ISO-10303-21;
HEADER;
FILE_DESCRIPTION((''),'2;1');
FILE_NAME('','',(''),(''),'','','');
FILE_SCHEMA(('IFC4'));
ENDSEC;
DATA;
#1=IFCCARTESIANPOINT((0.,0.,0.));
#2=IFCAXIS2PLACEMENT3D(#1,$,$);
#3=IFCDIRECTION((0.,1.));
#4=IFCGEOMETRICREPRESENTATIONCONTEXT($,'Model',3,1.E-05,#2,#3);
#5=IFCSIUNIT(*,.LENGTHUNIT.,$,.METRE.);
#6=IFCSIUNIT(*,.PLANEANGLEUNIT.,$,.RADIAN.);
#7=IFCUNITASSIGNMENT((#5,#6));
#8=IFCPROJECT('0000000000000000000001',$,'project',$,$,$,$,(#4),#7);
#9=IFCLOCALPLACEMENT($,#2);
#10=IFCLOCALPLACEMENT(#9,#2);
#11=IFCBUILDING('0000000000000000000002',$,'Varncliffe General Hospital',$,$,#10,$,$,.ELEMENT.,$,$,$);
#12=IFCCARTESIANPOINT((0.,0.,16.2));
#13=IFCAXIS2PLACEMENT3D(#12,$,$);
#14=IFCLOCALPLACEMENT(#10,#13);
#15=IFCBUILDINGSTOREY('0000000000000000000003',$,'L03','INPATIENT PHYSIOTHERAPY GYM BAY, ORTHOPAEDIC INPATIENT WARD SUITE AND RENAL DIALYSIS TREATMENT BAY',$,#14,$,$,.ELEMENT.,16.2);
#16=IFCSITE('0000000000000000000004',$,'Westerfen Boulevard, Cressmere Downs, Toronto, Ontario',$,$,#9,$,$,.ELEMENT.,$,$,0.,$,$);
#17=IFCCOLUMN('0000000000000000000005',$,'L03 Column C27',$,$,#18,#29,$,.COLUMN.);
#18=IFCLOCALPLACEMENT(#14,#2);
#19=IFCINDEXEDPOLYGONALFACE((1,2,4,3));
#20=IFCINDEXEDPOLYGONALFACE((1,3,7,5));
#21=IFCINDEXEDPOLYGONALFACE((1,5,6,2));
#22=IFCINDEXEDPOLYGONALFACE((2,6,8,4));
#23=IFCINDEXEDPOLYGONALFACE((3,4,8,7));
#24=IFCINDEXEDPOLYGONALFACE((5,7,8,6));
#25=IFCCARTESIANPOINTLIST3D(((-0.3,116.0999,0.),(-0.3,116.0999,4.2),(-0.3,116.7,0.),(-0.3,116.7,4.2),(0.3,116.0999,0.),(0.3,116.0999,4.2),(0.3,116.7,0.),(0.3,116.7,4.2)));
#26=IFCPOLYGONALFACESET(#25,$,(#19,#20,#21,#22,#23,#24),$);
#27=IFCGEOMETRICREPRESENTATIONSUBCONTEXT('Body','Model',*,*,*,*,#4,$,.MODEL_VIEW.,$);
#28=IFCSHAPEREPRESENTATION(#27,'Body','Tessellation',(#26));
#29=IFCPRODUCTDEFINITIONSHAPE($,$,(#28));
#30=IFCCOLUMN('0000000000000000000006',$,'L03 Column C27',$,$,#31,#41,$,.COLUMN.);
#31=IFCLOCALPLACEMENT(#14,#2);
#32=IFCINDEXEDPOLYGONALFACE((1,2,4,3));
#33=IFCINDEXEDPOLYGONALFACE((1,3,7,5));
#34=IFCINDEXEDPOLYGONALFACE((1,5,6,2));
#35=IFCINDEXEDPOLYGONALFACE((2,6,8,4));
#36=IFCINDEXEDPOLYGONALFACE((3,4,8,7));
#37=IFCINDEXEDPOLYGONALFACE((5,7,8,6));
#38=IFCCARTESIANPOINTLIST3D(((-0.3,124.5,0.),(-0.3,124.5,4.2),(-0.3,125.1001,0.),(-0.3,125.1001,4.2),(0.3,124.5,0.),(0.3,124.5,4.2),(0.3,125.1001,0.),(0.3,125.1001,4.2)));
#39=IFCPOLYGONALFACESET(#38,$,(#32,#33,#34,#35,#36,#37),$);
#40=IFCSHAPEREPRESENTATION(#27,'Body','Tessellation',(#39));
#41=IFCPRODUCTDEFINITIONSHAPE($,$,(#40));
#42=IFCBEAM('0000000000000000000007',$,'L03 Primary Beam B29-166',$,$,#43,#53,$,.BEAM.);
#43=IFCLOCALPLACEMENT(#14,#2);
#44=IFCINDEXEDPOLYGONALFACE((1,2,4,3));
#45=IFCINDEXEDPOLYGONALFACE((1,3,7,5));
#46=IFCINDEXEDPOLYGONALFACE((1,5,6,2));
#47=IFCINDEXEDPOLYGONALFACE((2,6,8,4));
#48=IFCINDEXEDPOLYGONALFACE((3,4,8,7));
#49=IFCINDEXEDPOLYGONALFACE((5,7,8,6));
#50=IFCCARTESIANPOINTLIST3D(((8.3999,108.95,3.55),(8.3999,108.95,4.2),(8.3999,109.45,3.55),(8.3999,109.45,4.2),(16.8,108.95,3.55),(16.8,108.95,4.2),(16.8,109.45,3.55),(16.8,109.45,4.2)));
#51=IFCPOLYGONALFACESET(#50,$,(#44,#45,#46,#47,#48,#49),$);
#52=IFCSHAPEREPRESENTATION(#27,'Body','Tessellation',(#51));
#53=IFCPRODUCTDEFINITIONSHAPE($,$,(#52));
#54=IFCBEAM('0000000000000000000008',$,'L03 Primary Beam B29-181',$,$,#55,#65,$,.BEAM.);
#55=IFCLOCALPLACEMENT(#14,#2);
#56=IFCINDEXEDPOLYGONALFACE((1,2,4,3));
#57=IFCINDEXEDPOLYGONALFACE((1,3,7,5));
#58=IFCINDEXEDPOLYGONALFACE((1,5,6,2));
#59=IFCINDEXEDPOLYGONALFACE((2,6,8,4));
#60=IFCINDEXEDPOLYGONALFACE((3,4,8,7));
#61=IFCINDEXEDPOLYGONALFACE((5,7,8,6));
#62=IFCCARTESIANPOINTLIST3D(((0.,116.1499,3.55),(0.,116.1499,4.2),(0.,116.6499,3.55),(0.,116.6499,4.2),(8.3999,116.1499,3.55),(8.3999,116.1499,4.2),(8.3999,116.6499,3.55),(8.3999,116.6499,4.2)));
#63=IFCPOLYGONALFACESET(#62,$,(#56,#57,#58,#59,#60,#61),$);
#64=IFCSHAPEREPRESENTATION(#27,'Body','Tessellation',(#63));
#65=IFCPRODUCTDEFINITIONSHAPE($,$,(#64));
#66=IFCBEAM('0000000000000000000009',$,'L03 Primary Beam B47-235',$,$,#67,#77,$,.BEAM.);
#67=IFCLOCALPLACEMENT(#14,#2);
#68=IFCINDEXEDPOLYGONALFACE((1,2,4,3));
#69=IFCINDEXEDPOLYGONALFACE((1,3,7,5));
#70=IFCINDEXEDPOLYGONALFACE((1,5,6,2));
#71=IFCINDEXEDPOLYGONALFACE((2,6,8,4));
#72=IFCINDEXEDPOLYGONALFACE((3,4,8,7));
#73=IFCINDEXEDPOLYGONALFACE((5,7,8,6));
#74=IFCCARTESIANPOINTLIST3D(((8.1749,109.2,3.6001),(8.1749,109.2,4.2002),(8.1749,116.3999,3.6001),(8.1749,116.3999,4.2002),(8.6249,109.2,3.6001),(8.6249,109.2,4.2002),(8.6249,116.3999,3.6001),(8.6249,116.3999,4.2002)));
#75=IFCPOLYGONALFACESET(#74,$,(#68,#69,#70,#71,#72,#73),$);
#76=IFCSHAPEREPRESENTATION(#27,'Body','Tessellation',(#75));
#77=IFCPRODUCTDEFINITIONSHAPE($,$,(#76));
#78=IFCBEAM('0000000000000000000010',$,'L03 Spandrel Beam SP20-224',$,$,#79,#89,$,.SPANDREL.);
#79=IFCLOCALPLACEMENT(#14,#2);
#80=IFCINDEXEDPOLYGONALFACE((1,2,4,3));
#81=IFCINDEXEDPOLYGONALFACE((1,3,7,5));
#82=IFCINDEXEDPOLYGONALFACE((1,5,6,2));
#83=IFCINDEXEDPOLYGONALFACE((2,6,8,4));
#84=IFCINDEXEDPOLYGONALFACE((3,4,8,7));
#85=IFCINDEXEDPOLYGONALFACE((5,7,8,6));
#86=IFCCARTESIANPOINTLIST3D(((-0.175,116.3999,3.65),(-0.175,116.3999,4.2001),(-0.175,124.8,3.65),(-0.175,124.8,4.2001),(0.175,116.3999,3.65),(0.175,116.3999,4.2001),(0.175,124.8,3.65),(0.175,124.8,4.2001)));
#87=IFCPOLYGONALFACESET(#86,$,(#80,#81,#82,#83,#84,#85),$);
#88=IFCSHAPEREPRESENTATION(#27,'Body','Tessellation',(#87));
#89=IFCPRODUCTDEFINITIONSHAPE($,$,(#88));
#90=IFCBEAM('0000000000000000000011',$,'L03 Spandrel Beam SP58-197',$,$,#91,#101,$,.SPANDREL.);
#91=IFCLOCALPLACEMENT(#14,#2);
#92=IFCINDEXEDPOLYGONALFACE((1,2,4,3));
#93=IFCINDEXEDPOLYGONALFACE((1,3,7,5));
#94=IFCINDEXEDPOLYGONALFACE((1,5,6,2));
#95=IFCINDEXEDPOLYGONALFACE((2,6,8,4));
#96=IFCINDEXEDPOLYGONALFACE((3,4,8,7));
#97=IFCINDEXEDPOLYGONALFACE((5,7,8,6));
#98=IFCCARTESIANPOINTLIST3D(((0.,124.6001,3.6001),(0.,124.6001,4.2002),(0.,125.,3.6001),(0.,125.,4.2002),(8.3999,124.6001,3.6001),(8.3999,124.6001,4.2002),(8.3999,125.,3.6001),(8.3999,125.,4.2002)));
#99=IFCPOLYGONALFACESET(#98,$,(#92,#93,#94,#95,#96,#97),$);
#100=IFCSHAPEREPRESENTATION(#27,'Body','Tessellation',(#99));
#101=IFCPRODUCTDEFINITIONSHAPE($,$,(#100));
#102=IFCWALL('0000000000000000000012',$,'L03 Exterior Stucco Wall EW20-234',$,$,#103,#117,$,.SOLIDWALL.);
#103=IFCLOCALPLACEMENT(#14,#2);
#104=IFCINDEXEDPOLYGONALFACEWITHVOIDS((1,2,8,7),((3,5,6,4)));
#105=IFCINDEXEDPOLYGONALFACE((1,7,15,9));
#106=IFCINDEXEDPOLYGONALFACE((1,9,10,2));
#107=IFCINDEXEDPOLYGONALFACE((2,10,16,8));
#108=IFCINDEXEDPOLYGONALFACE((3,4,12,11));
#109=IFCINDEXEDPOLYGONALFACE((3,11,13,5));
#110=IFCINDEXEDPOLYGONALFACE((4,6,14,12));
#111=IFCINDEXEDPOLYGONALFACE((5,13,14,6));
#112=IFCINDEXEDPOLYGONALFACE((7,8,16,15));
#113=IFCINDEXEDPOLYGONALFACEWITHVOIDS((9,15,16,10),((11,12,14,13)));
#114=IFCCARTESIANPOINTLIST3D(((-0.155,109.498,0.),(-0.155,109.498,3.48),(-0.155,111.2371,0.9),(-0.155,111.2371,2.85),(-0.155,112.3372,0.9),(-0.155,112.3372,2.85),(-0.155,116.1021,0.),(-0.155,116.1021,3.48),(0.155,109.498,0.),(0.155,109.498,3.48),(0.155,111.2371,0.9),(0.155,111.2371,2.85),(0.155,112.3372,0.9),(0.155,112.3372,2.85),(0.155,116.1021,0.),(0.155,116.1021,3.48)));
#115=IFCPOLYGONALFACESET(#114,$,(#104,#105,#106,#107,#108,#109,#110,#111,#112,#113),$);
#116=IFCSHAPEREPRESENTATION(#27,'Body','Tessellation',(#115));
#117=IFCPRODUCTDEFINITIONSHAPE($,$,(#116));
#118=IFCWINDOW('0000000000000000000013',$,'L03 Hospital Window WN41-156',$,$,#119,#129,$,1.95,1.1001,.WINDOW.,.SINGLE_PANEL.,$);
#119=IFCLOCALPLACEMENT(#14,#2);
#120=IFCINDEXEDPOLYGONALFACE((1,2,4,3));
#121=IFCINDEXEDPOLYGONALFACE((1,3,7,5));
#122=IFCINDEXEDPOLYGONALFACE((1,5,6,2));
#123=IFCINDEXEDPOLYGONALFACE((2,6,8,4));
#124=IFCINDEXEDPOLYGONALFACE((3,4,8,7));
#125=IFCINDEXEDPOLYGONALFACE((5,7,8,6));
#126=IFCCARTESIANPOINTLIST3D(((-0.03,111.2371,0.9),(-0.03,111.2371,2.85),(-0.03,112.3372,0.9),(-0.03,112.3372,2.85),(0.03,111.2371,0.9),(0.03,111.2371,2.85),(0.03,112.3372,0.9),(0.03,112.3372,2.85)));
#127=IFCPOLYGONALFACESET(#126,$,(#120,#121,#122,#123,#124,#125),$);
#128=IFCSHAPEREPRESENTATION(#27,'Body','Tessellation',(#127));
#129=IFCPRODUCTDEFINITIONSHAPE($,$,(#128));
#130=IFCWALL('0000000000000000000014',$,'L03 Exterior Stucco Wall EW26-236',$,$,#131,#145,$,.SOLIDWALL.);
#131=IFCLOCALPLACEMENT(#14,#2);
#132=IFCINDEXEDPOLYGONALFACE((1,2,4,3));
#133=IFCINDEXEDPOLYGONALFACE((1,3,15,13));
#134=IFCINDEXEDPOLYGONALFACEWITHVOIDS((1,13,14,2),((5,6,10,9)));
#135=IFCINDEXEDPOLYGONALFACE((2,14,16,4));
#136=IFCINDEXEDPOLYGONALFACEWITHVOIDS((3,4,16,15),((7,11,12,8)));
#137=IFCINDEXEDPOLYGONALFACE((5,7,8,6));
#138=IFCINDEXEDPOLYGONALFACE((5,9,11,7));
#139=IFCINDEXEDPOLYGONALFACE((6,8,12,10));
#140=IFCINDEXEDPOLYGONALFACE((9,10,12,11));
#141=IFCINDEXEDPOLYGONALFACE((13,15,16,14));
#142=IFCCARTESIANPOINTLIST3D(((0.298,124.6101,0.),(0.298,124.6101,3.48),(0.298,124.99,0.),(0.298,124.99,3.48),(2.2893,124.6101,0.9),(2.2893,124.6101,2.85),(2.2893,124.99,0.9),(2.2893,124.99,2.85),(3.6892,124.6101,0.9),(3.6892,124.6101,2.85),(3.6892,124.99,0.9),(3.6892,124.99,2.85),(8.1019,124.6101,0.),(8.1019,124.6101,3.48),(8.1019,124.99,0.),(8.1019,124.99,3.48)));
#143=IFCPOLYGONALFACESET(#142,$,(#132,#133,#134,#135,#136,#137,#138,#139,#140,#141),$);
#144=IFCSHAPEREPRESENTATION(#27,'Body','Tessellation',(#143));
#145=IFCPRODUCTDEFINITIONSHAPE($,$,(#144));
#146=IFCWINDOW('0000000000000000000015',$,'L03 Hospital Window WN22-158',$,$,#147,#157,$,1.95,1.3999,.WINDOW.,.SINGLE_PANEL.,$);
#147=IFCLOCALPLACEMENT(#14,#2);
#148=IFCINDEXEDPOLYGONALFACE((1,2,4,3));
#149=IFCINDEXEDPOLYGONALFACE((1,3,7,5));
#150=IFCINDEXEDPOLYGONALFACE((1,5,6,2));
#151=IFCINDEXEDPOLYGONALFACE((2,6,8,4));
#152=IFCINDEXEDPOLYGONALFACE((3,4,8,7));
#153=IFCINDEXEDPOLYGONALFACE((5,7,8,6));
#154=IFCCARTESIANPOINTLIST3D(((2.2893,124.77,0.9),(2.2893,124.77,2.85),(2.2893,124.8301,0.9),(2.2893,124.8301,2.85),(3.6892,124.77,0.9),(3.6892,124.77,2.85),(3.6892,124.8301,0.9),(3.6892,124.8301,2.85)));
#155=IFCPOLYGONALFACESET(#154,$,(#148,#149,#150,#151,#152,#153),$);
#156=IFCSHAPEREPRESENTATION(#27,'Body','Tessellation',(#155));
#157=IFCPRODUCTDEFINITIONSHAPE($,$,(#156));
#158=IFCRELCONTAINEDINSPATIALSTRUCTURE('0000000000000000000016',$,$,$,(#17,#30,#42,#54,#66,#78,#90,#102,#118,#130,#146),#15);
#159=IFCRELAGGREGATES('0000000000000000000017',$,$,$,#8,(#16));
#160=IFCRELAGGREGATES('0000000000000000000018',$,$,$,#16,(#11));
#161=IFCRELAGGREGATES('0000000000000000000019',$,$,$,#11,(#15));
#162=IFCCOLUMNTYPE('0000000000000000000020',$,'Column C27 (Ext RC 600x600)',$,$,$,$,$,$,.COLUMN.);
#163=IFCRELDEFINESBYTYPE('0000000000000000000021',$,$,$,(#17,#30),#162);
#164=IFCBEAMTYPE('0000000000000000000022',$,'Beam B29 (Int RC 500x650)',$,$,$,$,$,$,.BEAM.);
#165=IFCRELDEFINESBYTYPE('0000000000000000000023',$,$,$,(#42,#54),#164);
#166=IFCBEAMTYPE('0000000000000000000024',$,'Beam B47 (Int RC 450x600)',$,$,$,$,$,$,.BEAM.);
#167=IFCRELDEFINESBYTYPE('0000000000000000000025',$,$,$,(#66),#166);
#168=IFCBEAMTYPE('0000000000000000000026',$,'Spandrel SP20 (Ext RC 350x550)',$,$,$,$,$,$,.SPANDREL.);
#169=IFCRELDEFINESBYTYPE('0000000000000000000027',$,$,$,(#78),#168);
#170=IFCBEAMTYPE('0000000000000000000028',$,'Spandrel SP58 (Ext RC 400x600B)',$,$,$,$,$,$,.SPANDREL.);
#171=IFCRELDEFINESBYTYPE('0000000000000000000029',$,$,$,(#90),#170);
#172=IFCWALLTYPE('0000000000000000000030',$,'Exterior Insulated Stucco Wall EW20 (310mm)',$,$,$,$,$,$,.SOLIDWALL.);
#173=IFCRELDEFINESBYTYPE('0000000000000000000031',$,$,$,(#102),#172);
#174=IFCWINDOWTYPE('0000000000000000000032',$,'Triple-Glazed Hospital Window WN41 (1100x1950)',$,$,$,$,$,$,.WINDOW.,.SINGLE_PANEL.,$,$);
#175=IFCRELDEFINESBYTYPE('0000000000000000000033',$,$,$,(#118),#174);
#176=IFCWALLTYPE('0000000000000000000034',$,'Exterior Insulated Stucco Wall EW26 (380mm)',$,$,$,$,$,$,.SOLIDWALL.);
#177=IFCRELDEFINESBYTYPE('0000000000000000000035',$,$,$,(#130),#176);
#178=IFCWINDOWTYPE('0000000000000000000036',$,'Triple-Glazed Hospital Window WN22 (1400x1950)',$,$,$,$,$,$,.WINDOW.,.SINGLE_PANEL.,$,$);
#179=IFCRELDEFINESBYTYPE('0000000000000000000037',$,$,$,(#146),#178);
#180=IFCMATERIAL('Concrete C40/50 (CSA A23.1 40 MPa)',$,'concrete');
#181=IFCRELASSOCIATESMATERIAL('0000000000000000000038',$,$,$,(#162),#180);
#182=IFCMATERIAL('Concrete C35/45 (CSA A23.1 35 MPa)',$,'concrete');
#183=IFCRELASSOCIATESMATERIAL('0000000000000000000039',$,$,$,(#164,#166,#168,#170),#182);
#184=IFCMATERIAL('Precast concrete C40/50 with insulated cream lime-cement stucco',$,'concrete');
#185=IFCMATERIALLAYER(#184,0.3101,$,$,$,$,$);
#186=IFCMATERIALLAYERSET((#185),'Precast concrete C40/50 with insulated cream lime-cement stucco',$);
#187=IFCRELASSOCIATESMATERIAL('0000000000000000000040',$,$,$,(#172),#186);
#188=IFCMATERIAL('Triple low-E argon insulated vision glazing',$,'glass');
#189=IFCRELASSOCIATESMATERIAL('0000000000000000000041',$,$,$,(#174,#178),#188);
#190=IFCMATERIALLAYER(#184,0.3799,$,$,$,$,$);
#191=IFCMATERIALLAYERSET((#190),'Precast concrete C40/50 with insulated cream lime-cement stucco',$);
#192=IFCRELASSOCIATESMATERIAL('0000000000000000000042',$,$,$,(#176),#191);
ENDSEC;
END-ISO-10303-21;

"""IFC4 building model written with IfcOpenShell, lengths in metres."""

from ifc_helpers import new_model, si_unit, direction, frame, frame_2d, origin, origin_2d, place, context, subcontext, project, spatial, rectangle, extrude, material, layer, layer_set, material_profile, profile_set, type_object, element, fill, save


model = new_model("IFC4")

# Units and contexts
model_context = context("Model", 3, precision=1e-05, world=origin(), true_north=direction((0.0, 1.0)))
body_context = subcontext(model_context, "Body", "Model", "MODEL_VIEW")
ifc_project = project(units=[si_unit("LENGTHUNIT", "METRE"), si_unit("PLANEANGLEUNIT", "RADIAN")], contexts=[model_context])

# Site, building, storey
site_placement = place(None, origin())
site = spatial("IfcSite", under=ifc_project, at=site_placement, Name="Westerfen Boulevard, Cressmere Downs, Toronto, Ontario", CompositionType="ELEMENT", RefElevation=0.0)
building_placement = place(site_placement, origin())
building = spatial("IfcBuilding", under=site, at=building_placement, Name="Varncliffe General Hospital", CompositionType="ELEMENT")
storey_placement = place(building_placement, frame((0.0, 0.0, 16.2)))
storey = spatial("IfcBuildingStorey", under=building, at=storey_placement, Name="L03", Description="INPATIENT PHYSIOTHERAPY GYM BAY, ORTHOPAEDIC INPATIENT WARD SUITE AND RENAL DIALYSIS TREATMENT BAY", CompositionType="ELEMENT", Elevation=16.2)

# Columns
ifc_material_1 = material(Name="Concrete C40/50 (CSA A23.1 40 MPa)", Category="concrete")
ifc_material_profile_1 = material_profile(ifc_material_1, rectangle(XDim=0.6001, YDim=0.6001, at=origin_2d()), Name="RC 600x600")
ifc_profile_set_1 = profile_set([ifc_material_profile_1], Name="Concrete C40/50 (CSA A23.1 40 MPa)")
column_type = type_object("IfcColumnType", Name="Column C27 (Ext RC 600x600)", PredefinedType="COLUMN", material=ifc_profile_set_1)
for number, where, z_axis, x_axis, name in (
    (1, (0.0, 116.3999, 0.0), (0.0, 0.0, 1.0), (1.0, 0.0, 0.0), "L03 Column C27"),
    (2, (0.0, 124.8, 0.0), (0.0, 0.0, 1.0), (1.0, 0.0, 0.0), "L03 Column C27"),
):
    element("IfcColumn", number, at=place(storey_placement, frame(where, z_axis=z_axis, x_axis=x_axis)), inside=storey, type_object=column_type, Name=name, PredefinedType="COLUMN", context=body_context, shape_type="SweptSolid", body=[
        extrude(rectangle(XDim=0.6001, YDim=0.6001, at=origin_2d()), origin(), (0.0, 0.0, 1.0), 4.2),
    ])

# Beams
ifc_material_2 = material(Name="Concrete C35/45 (CSA A23.1 35 MPa)", Category="concrete")
ifc_material_profile_2 = material_profile(ifc_material_2, rectangle(XDim=0.5, YDim=0.6499, at=origin_2d()), Name="RC 500x650")
ifc_profile_set_2 = profile_set([ifc_material_profile_2], Name="Concrete C35/45 (CSA A23.1 35 MPa)")
beam_type_1 = type_object("IfcBeamType", Name="Beam B29 (Int RC 500x650)", PredefinedType="BEAM", material=ifc_profile_set_2)
beam_1_placement = place(storey_placement, frame((8.3999, 109.2, 3.875), z_axis=(1.0, 0.0, 0.0), x_axis=(0.0, 1.0, 0.0)))
element("IfcBeam", 3, at=beam_1_placement, inside=storey, type_object=beam_type_1, Name="L03 Primary Beam B29-166", PredefinedType="BEAM", context=body_context, shape_type="SweptSolid", body=[
    extrude(rectangle(XDim=0.5, YDim=0.6499, at=origin_2d()), origin(), (0.0, 0.0, 1.0), 8.4001),
])
beam_2_placement = place(storey_placement, frame((0.0, 116.3999, 3.875), z_axis=(1.0, 0.0, 0.0), x_axis=(0.0, 1.0, 0.0)))
element("IfcBeam", 4, at=beam_2_placement, inside=storey, type_object=beam_type_1, Name="L03 Primary Beam B29-181", PredefinedType="BEAM", context=body_context, shape_type="SweptSolid", body=[
    extrude(rectangle(XDim=0.5, YDim=0.6499, at=origin_2d()), origin(), (0.0, 0.0, 1.0), 8.3999),
])
ifc_material_profile_3 = material_profile(ifc_material_2, rectangle(XDim=0.45, YDim=0.6001, at=origin_2d()), Name="RC 450x600")
ifc_profile_set_3 = profile_set([ifc_material_profile_3], Name="Concrete C35/45 (CSA A23.1 35 MPa)")
beam_type_2 = type_object("IfcBeamType", Name="Beam B47 (Int RC 450x600)", PredefinedType="BEAM", material=ifc_profile_set_3)
beam_3_placement = place(storey_placement, frame((8.3999, 109.2, 3.9001), z_axis=(0.0, 1.0, 0.0), x_axis=(-1.0, 0.0, 0.0)))
element("IfcBeam", 5, at=beam_3_placement, inside=storey, type_object=beam_type_2, Name="L03 Primary Beam B47-235", PredefinedType="BEAM", context=body_context, shape_type="SweptSolid", body=[
    extrude(rectangle(XDim=0.45, YDim=0.6001, at=origin_2d()), origin(), (0.0, 0.0, 1.0), 7.2),
])
ifc_material_profile_4 = material_profile(ifc_material_2, rectangle(XDim=0.3501, YDim=0.55, at=origin_2d()), Name="RC 350x550")
ifc_profile_set_4 = profile_set([ifc_material_profile_4], Name="Concrete C35/45 (CSA A23.1 35 MPa)")
beam_type_3 = type_object("IfcBeamType", Name="Spandrel SP20 (Ext RC 350x550)", PredefinedType="SPANDREL", material=ifc_profile_set_4)
beam_4_placement = place(storey_placement, frame((0.0, 116.3999, 3.925), z_axis=(0.0, 1.0, 0.0), x_axis=(-1.0, 0.0, 0.0)))
element("IfcBeam", 6, at=beam_4_placement, inside=storey, type_object=beam_type_3, Name="L03 Spandrel Beam SP20-224", PredefinedType="SPANDREL", context=body_context, shape_type="SweptSolid", body=[
    extrude(rectangle(XDim=0.3501, YDim=0.55, at=origin_2d()), origin(), (0.0, 0.0, 1.0), 8.4001),
])
ifc_material_profile_5 = material_profile(ifc_material_2, rectangle(XDim=0.3999, YDim=0.6001, at=origin_2d()), Name="RC 400x600")
ifc_profile_set_5 = profile_set([ifc_material_profile_5], Name="Concrete C35/45 (CSA A23.1 35 MPa)")
beam_type_4 = type_object("IfcBeamType", Name="Spandrel SP58 (Ext RC 400x600B)", PredefinedType="SPANDREL", material=ifc_profile_set_5)
beam_5_placement = place(storey_placement, frame((0.0, 124.8, 3.9001), z_axis=(1.0, 0.0, 0.0), x_axis=(0.0, 1.0, 0.0)))
element("IfcBeam", 7, at=beam_5_placement, inside=storey, type_object=beam_type_4, Name="L03 Spandrel Beam SP58-197", PredefinedType="SPANDREL", context=body_context, shape_type="SweptSolid", body=[
    extrude(rectangle(XDim=0.3999, YDim=0.6001, at=origin_2d()), origin(), (0.0, 0.0, 1.0), 8.3999),
])

# Walls, openings, windows
ifc_material_3 = material(Name="Precast concrete C40/50 with insulated cream lime-cement stucco", Category="concrete")
ifc_layer_1 = layer(ifc_material_3, 0.3101)
ifc_layer_set_1 = layer_set([ifc_layer_1], Name="Precast concrete C40/50 with insulated cream lime-cement stucco")
wall_type_1 = type_object("IfcWallType", Name="Exterior Insulated Stucco Wall EW20 (310mm)", PredefinedType="SOLIDWALL", material=ifc_layer_set_1)
wall_1_placement = place(storey_placement, frame((0.0, 109.498, 0.0), z_axis=(0.0, 0.0, 1.0), x_axis=(0.0, 1.0, 0.0)))
wall_1 = element("IfcWall", 8, at=wall_1_placement, inside=storey, type_object=wall_type_1, Name="L03 Exterior Stucco Wall EW20-234", PredefinedType="SOLIDWALL", context=body_context, shape_type="SweptSolid", body=[
    extrude(rectangle(XDim=6.604, YDim=0.3101, at=frame_2d((3.302, 0.0))), origin(), (0.0, 0.0, 1.0), 3.48),
])
opening_1_placement = place(wall_1_placement, frame((1.739, 0.0, 0.8999)))
opening_1 = element("IfcOpeningElement", 9, at=opening_1_placement, cuts=wall_1, PredefinedType="OPENING", context=body_context, shape_type="SweptSolid", body=[
    extrude(rectangle(XDim=1.1001, YDim=1.95, at=frame_2d((0.55, 0.9751))), frame((0.0, 0.165, 0.0), z_axis=(0.0, -1.0, 0.0), x_axis=(1.0, 0.0, 0.0)), (0.0, 0.0, 1.0), 0.3301),
])
ifc_material_4 = material(Name="Triple low-E argon insulated vision glazing", Category="glass")
window_type_1 = type_object("IfcWindowType", Name="Triple-Glazed Hospital Window WN41 (1100x1950)", PartitioningType="SINGLE_PANEL", PredefinedType="WINDOW", material=ifc_material_4)
window_1_placement = place(opening_1_placement, origin())
window_1 = element("IfcWindow", 10, at=window_1_placement, inside=storey, type_object=window_type_1, Name="L03 Hospital Window WN41-156", OverallHeight=1.95, OverallWidth=1.1001, PartitioningType="SINGLE_PANEL", PredefinedType="WINDOW", context=body_context, shape_type="SweptSolid", body=[
    extrude(rectangle(XDim=1.1001, YDim=1.95, at=frame_2d((0.55, 0.9751))), frame((0.0, 0.03, 0.0), z_axis=(0.0, -1.0, 0.0), x_axis=(1.0, 0.0, 0.0)), (0.0, 0.0, 1.0), 0.0601),
])
fill(opening_1, window_1)
ifc_layer_2 = layer(ifc_material_3, 0.3799)
ifc_layer_set_2 = layer_set([ifc_layer_2], Name="Precast concrete C40/50 with insulated cream lime-cement stucco")
wall_type_2 = type_object("IfcWallType", Name="Exterior Insulated Stucco Wall EW26 (380mm)", PredefinedType="SOLIDWALL", material=ifc_layer_set_2)
wall_2_placement = place(storey_placement, frame((0.2981, 124.8, 0.0), z_axis=(0.0, 0.0, 1.0), x_axis=(1.0, 0.0, 0.0)))
wall_2 = element("IfcWall", 11, at=wall_2_placement, inside=storey, type_object=wall_type_2, Name="L03 Exterior Stucco Wall EW26-236", PredefinedType="SOLIDWALL", context=body_context, shape_type="SweptSolid", body=[
    extrude(rectangle(XDim=7.804, YDim=0.3799, at=frame_2d((3.9019, 0.0))), origin(), (0.0, 0.0, 1.0), 3.48),
])
opening_2_placement = place(wall_2_placement, frame((1.9912, 0.0, 0.8999)))
opening_2 = element("IfcOpeningElement", 12, at=opening_2_placement, cuts=wall_2, PredefinedType="OPENING", context=body_context, shape_type="SweptSolid", body=[
    extrude(rectangle(XDim=1.3999, YDim=1.95, at=frame_2d((0.7, 0.9751))), frame((0.0, 0.2, 0.0), z_axis=(0.0, -1.0, 0.0), x_axis=(1.0, 0.0, 0.0)), (0.0, 0.0, 1.0), 0.3999),
])
window_type_2 = type_object("IfcWindowType", Name="Triple-Glazed Hospital Window WN22 (1400x1950)", PartitioningType="SINGLE_PANEL", PredefinedType="WINDOW", material=ifc_material_4)
window_2_placement = place(opening_2_placement, origin())
window_2 = element("IfcWindow", 13, at=window_2_placement, inside=storey, type_object=window_type_2, Name="L03 Hospital Window WN22-158", OverallHeight=1.95, OverallWidth=1.3999, PartitioningType="SINGLE_PANEL", PredefinedType="WINDOW", context=body_context, shape_type="SweptSolid", body=[
    extrude(rectangle(XDim=1.3999, YDim=1.95, at=frame_2d((0.7, 0.9751))), frame((0.0, 0.03, 0.0), z_axis=(0.0, -1.0, 0.0), x_axis=(1.0, 0.0, 0.0)), (0.0, 0.0, 1.0), 0.0601),
])
fill(opening_2, window_2)

save(model, "model.ifc")
